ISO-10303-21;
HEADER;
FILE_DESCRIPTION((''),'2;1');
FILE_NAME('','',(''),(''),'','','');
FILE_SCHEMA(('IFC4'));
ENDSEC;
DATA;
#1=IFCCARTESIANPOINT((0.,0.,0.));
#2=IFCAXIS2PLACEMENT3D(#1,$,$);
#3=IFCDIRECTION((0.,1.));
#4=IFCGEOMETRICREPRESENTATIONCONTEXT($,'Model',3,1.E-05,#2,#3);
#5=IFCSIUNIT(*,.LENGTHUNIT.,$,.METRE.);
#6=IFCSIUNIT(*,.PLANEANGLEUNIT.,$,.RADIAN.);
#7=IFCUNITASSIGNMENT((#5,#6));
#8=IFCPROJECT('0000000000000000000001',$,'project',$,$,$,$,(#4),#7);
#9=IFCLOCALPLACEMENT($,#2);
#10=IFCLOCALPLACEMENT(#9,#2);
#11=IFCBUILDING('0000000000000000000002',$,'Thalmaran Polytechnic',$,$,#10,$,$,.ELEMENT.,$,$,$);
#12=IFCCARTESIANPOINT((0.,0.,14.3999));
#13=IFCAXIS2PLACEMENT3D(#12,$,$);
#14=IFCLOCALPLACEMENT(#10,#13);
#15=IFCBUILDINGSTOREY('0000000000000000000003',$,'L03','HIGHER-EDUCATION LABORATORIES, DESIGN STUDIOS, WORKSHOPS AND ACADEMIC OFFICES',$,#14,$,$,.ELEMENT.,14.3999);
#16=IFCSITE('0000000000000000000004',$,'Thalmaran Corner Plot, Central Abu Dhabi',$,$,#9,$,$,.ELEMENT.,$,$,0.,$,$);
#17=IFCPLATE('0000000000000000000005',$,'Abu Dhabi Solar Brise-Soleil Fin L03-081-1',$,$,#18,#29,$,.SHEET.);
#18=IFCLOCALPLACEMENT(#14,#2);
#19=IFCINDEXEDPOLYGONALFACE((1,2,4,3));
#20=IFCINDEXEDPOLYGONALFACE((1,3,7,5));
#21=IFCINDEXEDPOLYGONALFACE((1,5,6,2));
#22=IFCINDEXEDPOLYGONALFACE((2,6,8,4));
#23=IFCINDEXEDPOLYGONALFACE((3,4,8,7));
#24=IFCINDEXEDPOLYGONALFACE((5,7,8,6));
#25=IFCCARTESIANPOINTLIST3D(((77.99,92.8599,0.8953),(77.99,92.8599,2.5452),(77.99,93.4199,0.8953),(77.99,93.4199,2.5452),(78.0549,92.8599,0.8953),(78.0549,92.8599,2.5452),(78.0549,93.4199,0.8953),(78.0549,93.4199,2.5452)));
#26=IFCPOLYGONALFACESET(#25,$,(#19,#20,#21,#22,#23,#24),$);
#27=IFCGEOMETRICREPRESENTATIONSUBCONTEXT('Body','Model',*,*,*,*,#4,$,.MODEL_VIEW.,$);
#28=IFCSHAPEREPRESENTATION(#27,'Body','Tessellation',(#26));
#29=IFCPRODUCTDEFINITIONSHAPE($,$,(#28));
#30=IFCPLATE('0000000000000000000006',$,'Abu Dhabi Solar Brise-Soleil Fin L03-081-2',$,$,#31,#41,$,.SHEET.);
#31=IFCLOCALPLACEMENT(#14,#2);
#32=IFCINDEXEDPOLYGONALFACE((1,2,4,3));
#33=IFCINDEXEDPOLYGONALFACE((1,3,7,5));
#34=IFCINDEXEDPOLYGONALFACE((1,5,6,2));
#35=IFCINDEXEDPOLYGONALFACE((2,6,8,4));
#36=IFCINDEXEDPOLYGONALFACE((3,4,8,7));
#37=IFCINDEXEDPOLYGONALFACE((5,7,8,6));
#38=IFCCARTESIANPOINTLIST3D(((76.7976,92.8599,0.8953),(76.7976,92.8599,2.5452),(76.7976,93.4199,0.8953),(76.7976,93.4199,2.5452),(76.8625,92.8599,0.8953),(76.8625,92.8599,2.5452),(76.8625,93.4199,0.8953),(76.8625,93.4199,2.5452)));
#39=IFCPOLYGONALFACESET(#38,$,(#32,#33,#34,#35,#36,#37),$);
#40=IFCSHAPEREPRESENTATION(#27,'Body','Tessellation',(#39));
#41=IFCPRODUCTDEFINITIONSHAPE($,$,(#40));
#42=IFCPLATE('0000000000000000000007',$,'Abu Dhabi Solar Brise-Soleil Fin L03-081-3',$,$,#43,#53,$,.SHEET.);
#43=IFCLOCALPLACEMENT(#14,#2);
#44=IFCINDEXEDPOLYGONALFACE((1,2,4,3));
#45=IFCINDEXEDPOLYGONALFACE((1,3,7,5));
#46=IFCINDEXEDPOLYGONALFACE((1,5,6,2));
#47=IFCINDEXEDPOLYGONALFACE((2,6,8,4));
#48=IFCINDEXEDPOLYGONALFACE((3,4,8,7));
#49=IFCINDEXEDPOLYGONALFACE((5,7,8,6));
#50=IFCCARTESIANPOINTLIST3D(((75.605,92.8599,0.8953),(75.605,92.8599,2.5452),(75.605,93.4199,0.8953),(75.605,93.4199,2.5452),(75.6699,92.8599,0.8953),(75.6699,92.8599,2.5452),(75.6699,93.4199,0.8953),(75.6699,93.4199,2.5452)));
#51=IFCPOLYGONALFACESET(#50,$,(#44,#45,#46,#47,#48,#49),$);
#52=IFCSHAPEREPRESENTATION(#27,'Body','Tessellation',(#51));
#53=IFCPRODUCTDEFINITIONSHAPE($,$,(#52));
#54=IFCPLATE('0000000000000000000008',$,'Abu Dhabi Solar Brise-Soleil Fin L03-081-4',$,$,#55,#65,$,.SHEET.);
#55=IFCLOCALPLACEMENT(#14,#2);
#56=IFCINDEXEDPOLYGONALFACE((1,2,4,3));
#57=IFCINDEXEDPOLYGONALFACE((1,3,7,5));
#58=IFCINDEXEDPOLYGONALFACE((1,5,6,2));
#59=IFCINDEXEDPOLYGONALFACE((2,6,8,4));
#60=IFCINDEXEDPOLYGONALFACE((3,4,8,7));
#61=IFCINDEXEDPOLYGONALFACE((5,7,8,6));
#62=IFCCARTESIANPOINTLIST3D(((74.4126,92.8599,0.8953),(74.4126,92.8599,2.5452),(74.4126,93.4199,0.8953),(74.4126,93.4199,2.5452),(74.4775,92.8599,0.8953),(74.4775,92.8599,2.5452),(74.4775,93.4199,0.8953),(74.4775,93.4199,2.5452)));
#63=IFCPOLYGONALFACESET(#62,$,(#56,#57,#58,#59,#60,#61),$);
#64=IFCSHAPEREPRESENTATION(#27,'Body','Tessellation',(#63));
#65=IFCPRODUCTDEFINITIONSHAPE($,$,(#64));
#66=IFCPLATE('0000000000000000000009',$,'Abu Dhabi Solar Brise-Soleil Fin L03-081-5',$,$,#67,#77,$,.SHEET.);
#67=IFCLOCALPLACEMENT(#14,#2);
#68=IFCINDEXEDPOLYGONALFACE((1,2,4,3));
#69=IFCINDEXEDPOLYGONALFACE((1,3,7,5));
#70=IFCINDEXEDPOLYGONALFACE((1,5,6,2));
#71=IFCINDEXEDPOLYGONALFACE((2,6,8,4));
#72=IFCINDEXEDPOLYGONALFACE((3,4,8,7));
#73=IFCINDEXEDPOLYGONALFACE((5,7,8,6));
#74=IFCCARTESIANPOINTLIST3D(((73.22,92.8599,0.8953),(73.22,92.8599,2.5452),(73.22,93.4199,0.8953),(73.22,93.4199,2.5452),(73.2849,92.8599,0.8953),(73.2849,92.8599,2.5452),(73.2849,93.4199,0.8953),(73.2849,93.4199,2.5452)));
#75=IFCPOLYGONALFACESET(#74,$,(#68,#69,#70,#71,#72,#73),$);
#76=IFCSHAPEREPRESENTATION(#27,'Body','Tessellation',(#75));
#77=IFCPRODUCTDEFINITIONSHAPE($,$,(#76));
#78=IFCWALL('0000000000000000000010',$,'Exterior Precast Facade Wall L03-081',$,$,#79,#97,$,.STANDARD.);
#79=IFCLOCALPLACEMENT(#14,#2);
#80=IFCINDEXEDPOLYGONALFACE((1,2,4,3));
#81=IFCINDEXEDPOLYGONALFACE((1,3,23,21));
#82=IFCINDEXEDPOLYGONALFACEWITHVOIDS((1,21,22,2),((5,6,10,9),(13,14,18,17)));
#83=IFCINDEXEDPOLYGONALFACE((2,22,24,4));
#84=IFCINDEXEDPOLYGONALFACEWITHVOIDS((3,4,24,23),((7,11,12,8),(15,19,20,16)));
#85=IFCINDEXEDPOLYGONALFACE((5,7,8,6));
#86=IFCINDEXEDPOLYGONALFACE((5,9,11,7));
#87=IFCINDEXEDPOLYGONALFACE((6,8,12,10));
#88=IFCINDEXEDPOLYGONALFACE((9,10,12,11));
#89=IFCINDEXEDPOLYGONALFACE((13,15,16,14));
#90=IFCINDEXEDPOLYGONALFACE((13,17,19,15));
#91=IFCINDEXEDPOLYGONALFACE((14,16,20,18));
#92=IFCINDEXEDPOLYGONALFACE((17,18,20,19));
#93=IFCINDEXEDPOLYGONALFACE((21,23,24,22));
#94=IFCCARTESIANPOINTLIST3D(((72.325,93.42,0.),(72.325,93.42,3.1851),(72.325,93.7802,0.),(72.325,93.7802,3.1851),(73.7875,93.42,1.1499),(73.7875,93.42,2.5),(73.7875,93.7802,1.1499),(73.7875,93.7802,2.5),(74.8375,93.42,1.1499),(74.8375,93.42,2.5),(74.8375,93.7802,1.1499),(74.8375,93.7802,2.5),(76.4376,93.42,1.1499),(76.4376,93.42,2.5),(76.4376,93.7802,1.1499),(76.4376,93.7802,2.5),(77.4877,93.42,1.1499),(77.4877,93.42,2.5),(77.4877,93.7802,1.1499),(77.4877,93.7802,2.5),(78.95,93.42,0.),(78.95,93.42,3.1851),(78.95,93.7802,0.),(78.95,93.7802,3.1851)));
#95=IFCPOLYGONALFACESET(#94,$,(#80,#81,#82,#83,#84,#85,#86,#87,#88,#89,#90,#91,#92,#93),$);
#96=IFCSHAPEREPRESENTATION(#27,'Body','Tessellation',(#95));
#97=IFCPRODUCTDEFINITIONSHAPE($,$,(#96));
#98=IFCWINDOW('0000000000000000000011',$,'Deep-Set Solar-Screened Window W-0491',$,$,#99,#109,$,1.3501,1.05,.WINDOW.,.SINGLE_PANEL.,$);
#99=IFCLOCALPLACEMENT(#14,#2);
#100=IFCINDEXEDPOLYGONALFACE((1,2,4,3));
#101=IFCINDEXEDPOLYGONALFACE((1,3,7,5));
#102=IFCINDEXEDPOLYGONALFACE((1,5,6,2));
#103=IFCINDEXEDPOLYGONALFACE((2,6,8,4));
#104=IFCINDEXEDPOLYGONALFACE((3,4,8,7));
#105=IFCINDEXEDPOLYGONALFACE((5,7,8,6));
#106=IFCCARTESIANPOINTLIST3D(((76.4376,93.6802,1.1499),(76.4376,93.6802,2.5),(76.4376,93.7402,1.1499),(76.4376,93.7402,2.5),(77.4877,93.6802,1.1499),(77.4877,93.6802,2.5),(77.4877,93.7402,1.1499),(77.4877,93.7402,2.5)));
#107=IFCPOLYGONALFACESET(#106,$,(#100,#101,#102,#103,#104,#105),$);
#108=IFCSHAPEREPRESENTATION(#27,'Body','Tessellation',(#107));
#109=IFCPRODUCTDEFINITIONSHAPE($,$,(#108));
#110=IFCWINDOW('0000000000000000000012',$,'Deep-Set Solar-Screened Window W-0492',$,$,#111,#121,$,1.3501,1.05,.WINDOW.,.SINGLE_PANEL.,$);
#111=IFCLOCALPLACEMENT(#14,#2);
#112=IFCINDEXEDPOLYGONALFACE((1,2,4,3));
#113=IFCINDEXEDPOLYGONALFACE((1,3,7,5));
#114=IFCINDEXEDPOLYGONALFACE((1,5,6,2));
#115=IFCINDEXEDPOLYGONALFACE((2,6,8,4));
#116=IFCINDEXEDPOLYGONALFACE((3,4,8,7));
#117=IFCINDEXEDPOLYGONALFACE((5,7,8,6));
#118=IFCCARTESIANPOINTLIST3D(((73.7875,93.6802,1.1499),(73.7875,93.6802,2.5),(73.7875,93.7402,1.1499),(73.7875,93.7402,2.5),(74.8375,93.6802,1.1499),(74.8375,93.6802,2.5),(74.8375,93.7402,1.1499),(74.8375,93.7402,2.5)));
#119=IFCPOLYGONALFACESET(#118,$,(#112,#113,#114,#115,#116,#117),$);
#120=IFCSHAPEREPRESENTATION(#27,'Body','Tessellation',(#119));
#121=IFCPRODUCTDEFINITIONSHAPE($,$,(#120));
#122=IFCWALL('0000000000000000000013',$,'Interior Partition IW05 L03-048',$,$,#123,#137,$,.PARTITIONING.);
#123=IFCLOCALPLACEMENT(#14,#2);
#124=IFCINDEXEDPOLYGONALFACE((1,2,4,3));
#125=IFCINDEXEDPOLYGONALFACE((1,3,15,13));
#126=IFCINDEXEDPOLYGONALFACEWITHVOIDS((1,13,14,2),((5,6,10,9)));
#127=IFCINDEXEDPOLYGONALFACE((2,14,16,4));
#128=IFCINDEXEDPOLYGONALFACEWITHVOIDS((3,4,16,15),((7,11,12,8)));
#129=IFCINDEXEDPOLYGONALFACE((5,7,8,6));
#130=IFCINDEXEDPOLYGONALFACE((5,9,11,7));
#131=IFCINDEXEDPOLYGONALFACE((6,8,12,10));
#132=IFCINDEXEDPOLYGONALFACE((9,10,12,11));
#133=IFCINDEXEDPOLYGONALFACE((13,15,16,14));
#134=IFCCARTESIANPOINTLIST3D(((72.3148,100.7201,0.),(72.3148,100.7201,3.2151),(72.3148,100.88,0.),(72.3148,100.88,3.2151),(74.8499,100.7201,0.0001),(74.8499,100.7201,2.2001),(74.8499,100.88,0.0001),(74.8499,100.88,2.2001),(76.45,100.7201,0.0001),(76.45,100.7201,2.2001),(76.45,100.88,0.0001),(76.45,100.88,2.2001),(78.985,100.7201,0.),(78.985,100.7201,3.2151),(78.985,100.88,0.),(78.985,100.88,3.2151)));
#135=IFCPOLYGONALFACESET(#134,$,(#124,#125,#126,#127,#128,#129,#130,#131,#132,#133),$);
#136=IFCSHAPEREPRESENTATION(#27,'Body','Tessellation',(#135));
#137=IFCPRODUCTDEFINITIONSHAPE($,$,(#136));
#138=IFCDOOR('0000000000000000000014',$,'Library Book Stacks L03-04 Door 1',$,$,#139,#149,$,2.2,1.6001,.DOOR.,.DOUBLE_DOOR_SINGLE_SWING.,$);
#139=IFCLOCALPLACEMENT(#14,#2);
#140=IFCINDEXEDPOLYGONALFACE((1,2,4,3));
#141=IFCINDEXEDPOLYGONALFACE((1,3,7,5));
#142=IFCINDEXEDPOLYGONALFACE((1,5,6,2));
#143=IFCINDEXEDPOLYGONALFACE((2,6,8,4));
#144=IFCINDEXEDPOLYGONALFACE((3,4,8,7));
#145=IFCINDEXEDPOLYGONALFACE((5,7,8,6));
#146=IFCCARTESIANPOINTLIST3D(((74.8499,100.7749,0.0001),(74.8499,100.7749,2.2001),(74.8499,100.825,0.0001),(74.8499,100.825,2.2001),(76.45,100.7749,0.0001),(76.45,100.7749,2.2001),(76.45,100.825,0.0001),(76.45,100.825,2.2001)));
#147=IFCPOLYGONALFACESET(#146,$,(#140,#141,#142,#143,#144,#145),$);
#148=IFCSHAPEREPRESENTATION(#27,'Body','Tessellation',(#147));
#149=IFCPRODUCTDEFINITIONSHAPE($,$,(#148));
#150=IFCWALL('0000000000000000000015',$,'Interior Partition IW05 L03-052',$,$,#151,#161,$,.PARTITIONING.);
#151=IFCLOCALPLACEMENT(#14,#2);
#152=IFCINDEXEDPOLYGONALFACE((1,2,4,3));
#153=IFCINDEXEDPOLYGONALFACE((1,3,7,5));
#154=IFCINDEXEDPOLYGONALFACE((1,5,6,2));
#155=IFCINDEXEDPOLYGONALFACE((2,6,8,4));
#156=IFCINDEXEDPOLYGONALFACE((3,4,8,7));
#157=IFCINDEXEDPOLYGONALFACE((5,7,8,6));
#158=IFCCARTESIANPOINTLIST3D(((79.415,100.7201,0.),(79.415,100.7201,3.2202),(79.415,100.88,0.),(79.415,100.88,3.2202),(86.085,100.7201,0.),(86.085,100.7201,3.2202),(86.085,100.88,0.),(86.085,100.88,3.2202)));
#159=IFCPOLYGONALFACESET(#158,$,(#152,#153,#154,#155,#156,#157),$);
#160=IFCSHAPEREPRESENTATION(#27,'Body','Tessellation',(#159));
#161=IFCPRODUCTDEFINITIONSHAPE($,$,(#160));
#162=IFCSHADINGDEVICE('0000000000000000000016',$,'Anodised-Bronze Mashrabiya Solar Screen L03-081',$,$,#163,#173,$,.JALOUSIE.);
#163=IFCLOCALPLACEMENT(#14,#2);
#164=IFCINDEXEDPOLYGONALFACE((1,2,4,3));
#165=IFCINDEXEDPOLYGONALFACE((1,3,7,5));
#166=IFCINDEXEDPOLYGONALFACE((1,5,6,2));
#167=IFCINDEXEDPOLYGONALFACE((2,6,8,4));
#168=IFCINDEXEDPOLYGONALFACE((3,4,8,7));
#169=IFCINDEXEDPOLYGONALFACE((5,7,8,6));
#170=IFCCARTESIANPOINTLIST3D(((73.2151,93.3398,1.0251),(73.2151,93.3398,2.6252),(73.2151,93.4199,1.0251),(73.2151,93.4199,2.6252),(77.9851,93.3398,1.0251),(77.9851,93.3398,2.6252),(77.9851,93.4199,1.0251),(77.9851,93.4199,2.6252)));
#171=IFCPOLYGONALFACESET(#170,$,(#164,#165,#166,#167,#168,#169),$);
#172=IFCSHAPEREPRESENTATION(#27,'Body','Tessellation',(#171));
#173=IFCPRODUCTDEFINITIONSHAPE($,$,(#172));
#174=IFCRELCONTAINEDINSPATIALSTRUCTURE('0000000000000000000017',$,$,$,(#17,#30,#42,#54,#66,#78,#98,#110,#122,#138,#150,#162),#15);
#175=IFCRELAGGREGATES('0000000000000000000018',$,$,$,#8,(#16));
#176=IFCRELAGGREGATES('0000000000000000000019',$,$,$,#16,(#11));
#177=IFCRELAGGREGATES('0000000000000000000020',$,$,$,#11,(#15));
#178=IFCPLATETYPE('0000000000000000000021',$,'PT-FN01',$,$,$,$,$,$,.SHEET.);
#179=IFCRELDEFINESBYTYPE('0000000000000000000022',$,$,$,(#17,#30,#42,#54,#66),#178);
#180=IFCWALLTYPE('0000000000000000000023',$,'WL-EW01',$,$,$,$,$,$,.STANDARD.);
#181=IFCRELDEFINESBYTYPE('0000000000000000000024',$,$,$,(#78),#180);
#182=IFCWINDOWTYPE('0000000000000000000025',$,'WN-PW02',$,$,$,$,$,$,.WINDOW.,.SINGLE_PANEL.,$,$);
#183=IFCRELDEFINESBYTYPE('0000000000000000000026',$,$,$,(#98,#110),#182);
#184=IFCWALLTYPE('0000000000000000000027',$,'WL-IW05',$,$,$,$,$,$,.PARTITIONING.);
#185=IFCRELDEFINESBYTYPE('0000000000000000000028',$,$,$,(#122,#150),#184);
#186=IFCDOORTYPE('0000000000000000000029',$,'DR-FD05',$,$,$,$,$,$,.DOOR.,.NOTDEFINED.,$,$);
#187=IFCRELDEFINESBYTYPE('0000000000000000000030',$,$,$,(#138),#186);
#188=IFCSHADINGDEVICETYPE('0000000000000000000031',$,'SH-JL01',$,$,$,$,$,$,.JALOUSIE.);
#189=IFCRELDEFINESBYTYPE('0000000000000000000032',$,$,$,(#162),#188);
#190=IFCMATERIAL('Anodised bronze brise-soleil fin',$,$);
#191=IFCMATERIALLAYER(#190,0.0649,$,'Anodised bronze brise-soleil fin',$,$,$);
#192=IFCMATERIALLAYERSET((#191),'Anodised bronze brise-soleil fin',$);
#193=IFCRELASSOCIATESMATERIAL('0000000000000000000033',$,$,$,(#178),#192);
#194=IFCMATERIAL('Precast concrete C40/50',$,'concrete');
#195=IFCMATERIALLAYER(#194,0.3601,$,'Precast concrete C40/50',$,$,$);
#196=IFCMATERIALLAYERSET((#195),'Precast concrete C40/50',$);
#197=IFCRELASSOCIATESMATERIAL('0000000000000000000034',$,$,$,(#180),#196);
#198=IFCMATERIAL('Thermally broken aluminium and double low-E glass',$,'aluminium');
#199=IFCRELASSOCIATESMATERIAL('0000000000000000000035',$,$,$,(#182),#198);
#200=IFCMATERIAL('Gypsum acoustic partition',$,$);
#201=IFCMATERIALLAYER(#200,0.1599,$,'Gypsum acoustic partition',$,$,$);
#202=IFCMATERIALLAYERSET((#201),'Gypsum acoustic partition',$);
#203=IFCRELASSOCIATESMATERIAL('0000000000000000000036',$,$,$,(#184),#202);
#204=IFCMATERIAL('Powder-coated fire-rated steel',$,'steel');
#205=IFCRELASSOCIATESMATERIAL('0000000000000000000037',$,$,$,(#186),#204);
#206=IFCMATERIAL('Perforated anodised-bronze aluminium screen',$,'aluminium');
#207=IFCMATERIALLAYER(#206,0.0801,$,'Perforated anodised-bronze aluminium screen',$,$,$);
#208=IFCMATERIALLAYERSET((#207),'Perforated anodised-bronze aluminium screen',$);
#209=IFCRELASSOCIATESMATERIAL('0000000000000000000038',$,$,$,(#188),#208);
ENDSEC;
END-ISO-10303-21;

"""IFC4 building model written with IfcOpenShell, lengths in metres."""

from ifc_helpers import new_model, si_unit, direction, frame, frame_2d, origin, origin_2d, place, context, subcontext, project, spatial, rectangle, extrude, material, layer, layer_set, type_object, element, fill, save


model = new_model("IFC4")

# Units and contexts
model_context = context("Model", 3, precision=1e-05, world=origin(), true_north=direction((0.0, 1.0)))
body_context = subcontext(model_context, "Body", "Model", "MODEL_VIEW")
ifc_project = project(units=[si_unit("LENGTHUNIT", "METRE"), si_unit("PLANEANGLEUNIT", "RADIAN")], contexts=[model_context])

# Site, building, storey
site_placement = place(None, origin())
site = spatial("IfcSite", under=ifc_project, at=site_placement, Name="Thalmaran Corner Plot, Central Abu Dhabi", CompositionType="ELEMENT", RefElevation=0.0)
building_placement = place(site_placement, origin())
building = spatial("IfcBuilding", under=site, at=building_placement, Name="Thalmaran Polytechnic", CompositionType="ELEMENT")
storey_placement = place(building_placement, frame((0.0, 0.0, 14.3999)))
storey = spatial("IfcBuildingStorey", under=building, at=storey_placement, Name="L03", Description="HIGHER-EDUCATION LABORATORIES, DESIGN STUDIOS, WORKSHOPS AND ACADEMIC OFFICES", CompositionType="ELEMENT", Elevation=14.3999)

# Plates
ifc_material_1 = material(Name="Anodised bronze brise-soleil fin")
ifc_layer_1 = layer(ifc_material_1, 0.0649, Name="Anodised bronze brise-soleil fin")
ifc_layer_set_1 = layer_set([ifc_layer_1], Name="Anodised bronze brise-soleil fin")
plate_type_1 = type_object("IfcPlateType", Name="PT-FN01", PredefinedType="SHEET", material=ifc_layer_set_1)
for number, where, z_axis, x_axis, name in (
    (1, (78.0225, 93.1399, 0.8953), (0.0, 0.0, 1.0), (-1.0, 0.0, 0.0), "Abu Dhabi Solar Brise-Soleil Fin L03-081-1"),
    (2, (76.8301, 93.1399, 0.8953), (0.0, 0.0, 1.0), (-1.0, 0.0, 0.0), "Abu Dhabi Solar Brise-Soleil Fin L03-081-2"),
    (3, (75.6375, 93.1399, 0.8953), (0.0, 0.0, 1.0), (-1.0, 0.0, 0.0), "Abu Dhabi Solar Brise-Soleil Fin L03-081-3"),
    (4, (74.4451, 93.1399, 0.8953), (0.0, 0.0, 1.0), (-1.0, 0.0, 0.0), "Abu Dhabi Solar Brise-Soleil Fin L03-081-4"),
    (5, (73.2524, 93.1399, 0.8953), (0.0, 0.0, 1.0), (-1.0, 0.0, 0.0), "Abu Dhabi Solar Brise-Soleil Fin L03-081-5"),
):
    element("IfcPlate", number, at=place(storey_placement, frame(where, z_axis=z_axis, x_axis=x_axis)), inside=storey, type_object=plate_type_1, Name=name, PredefinedType="SHEET", context=body_context, shape_type="SweptSolid", body=[
        extrude(rectangle(XDim=0.0649, YDim=0.5601, at=origin_2d()), origin(), (0.0, 0.0, 1.0), 1.6499),
    ])

# Wall, openings, windows
ifc_material_2 = material(Name="Precast concrete C40/50", Category="concrete")
ifc_layer_2 = layer(ifc_material_2, 0.3601, Name="Precast concrete C40/50")
ifc_layer_set_2 = layer_set([ifc_layer_2], Name="Precast concrete C40/50")
wall_type_1 = type_object("IfcWallType", Name="WL-EW01", PredefinedType="STANDARD", material=ifc_layer_set_2)
wall_1_placement = place(storey_placement, frame((78.95, 93.6001, 0.0), z_axis=(0.0, 0.0, 1.0), x_axis=(-1.0, 0.0, 0.0)))
wall_1 = element("IfcWall", 6, at=wall_1_placement, inside=storey, type_object=wall_type_1, Name="Exterior Precast Facade Wall L03-081", PredefinedType="STANDARD", context=body_context, shape_type="SweptSolid", body=[
    extrude(rectangle(XDim=6.625, YDim=0.3601, at=frame_2d((3.3125, 0.0))), origin(), (0.0, 0.0, 1.0), 3.1851),
])
opening_1_placement = place(wall_1_placement, frame((1.4624, 0.0, 1.1499)))
opening_1 = element("IfcOpeningElement", 7, at=opening_1_placement, cuts=wall_1, PredefinedType="OPENING", context=body_context, shape_type="SweptSolid", body=[
    extrude(rectangle(XDim=1.05, YDim=1.3501, at=frame_2d((0.5249, 0.675))), frame((0.0, 0.1899, 0.0), z_axis=(0.0, -1.0, 0.0), x_axis=(1.0, 0.0, 0.0)), (0.0, 0.0, 1.0), 0.3801),
])
opening_2_placement = place(wall_1_placement, frame((4.1125, 0.0, 1.1499)))
opening_2 = element("IfcOpeningElement", 8, at=opening_2_placement, cuts=wall_1, PredefinedType="OPENING", context=body_context, shape_type="SweptSolid", body=[
    extrude(rectangle(XDim=1.05, YDim=1.3501, at=frame_2d((0.5249, 0.675))), frame((0.0, 0.1899, 0.0), z_axis=(0.0, -1.0, 0.0), x_axis=(1.0, 0.0, 0.0)), (0.0, 0.0, 1.0), 0.3801),
])
ifc_material_3 = material(Name="Thermally broken aluminium and double low-E glass", Category="aluminium")
window_type = type_object("IfcWindowType", Name="WN-PW02", PartitioningType="SINGLE_PANEL", PredefinedType="WINDOW", material=ifc_material_3)
window_1_placement = place(opening_1_placement, origin())
window_1 = element("IfcWindow", 9, at=window_1_placement, inside=storey, type_object=window_type, Name="Deep-Set Solar-Screened Window W-0491", OverallHeight=1.3501, OverallWidth=1.05, PartitioningType="SINGLE_PANEL", PredefinedType="WINDOW", context=body_context, shape_type="SweptSolid", body=[
    extrude(rectangle(XDim=1.05, YDim=1.3501, at=frame_2d((0.5249, 0.675))), frame((0.0, -0.0801, 0.0), z_axis=(0.0, -1.0, 0.0), x_axis=(1.0, 0.0, 0.0)), (0.0, 0.0, 1.0), 0.0601),
])
fill(opening_1, window_1)
window_2_placement = place(opening_2_placement, origin())
window_2 = element("IfcWindow", 10, at=window_2_placement, inside=storey, type_object=window_type, Name="Deep-Set Solar-Screened Window W-0492", OverallHeight=1.3501, OverallWidth=1.05, PartitioningType="SINGLE_PANEL", PredefinedType="WINDOW", context=body_context, shape_type="SweptSolid", body=[
    extrude(rectangle(XDim=1.05, YDim=1.3501, at=frame_2d((0.5249, 0.675))), frame((0.0, -0.0801, 0.0), z_axis=(0.0, -1.0, 0.0), x_axis=(1.0, 0.0, 0.0)), (0.0, 0.0, 1.0), 0.0601),
])
fill(opening_2, window_2)

# Wall, opening, door
ifc_material_4 = material(Name="Gypsum acoustic partition")
ifc_layer_3 = layer(ifc_material_4, 0.1599, Name="Gypsum acoustic partition")
ifc_layer_set_3 = layer_set([ifc_layer_3], Name="Gypsum acoustic partition")
wall_type_2 = type_object("IfcWallType", Name="WL-IW05", PredefinedType="PARTITIONING", material=ifc_layer_set_3)
wall_2_placement = place(storey_placement, frame((72.3149, 100.8, 0.0), z_axis=(0.0, 0.0, 1.0), x_axis=(1.0, 0.0, 0.0)))
wall_2 = element("IfcWall", 11, at=wall_2_placement, inside=storey, type_object=wall_type_2, Name="Interior Partition IW05 L03-048", PredefinedType="PARTITIONING", context=body_context, shape_type="SweptSolid", body=[
    extrude(rectangle(XDim=6.6702, YDim=0.1599, at=frame_2d((3.335, 0.0))), origin(), (0.0, 0.0, 1.0), 3.2151),
])
opening_3_placement = place(wall_2_placement, frame((2.5349, 0.0, 0.0)))
opening_3 = element("IfcOpeningElement", 12, at=opening_3_placement, cuts=wall_2, PredefinedType="OPENING", context=body_context, shape_type="SweptSolid", body=[
    extrude(rectangle(XDim=1.6001, YDim=2.2, at=frame_2d((0.8, 1.1001))), frame((0.0, 0.0898, 0.0), z_axis=(0.0, -1.0, 0.0), x_axis=(1.0, 0.0, 0.0)), (0.0, 0.0, 1.0), 0.1799),
])
ifc_material_5 = material(Name="Powder-coated fire-rated steel", Category="steel")
door_type = type_object("IfcDoorType", Name="DR-FD05", OperationType="NOTDEFINED", PredefinedType="DOOR", material=ifc_material_5)
door_placement = place(opening_3_placement, origin())
door = element("IfcDoor", 13, at=door_placement, inside=storey, type_object=door_type, Name="Library Book Stacks L03-04 Door 1", OperationType="DOUBLE_DOOR_SINGLE_SWING", OverallHeight=2.2, OverallWidth=1.6001, PredefinedType="DOOR", context=body_context, shape_type="SweptSolid", body=[
    extrude(rectangle(XDim=1.6001, YDim=2.2, at=frame_2d((0.8, 1.1001))), frame((0.0, 0.0249, 0.0), z_axis=(0.0, -1.0, 0.0), x_axis=(1.0, 0.0, 0.0)), (0.0, 0.0, 1.0), 0.05),
])
fill(opening_3, door)

# Wall
wall_3_placement = place(storey_placement, frame((79.415, 100.8, 0.0), z_axis=(0.0, 0.0, 1.0), x_axis=(1.0, 0.0, 0.0)))
element("IfcWall", 14, at=wall_3_placement, inside=storey, type_object=wall_type_2, Name="Interior Partition IW05 L03-052", PredefinedType="PARTITIONING", context=body_context, shape_type="SweptSolid", body=[
    extrude(rectangle(XDim=6.6699, YDim=0.1599, at=frame_2d((3.335, 0.0))), origin(), (0.0, 0.0, 1.0), 3.2202),
])

# Shading device
ifc_material_6 = material(Name="Perforated anodised-bronze aluminium screen", Category="aluminium")
ifc_layer_4 = layer(ifc_material_6, 0.0801, Name="Perforated anodised-bronze aluminium screen")
ifc_layer_set_4 = layer_set([ifc_layer_4], Name="Perforated anodised-bronze aluminium screen")
shading_device_type = type_object("IfcShadingDeviceType", Name="SH-JL01", PredefinedType="JALOUSIE", material=ifc_layer_set_4)
shading_device_placement = place(storey_placement, frame((75.6001, 93.3799, 1.0251), z_axis=(0.0, 0.0, 1.0), x_axis=(-1.0, 0.0, 0.0)))
element("IfcShadingDevice", 15, at=shading_device_placement, inside=storey, type_object=shading_device_type, Name="Anodised-Bronze Mashrabiya Solar Screen L03-081", PredefinedType="JALOUSIE", context=body_context, shape_type="SweptSolid", body=[
    extrude(rectangle(XDim=4.77, YDim=0.0801, at=origin_2d()), origin(), (0.0, 0.0, 1.0), 1.6001),
])

save(model, "model.ifc")
